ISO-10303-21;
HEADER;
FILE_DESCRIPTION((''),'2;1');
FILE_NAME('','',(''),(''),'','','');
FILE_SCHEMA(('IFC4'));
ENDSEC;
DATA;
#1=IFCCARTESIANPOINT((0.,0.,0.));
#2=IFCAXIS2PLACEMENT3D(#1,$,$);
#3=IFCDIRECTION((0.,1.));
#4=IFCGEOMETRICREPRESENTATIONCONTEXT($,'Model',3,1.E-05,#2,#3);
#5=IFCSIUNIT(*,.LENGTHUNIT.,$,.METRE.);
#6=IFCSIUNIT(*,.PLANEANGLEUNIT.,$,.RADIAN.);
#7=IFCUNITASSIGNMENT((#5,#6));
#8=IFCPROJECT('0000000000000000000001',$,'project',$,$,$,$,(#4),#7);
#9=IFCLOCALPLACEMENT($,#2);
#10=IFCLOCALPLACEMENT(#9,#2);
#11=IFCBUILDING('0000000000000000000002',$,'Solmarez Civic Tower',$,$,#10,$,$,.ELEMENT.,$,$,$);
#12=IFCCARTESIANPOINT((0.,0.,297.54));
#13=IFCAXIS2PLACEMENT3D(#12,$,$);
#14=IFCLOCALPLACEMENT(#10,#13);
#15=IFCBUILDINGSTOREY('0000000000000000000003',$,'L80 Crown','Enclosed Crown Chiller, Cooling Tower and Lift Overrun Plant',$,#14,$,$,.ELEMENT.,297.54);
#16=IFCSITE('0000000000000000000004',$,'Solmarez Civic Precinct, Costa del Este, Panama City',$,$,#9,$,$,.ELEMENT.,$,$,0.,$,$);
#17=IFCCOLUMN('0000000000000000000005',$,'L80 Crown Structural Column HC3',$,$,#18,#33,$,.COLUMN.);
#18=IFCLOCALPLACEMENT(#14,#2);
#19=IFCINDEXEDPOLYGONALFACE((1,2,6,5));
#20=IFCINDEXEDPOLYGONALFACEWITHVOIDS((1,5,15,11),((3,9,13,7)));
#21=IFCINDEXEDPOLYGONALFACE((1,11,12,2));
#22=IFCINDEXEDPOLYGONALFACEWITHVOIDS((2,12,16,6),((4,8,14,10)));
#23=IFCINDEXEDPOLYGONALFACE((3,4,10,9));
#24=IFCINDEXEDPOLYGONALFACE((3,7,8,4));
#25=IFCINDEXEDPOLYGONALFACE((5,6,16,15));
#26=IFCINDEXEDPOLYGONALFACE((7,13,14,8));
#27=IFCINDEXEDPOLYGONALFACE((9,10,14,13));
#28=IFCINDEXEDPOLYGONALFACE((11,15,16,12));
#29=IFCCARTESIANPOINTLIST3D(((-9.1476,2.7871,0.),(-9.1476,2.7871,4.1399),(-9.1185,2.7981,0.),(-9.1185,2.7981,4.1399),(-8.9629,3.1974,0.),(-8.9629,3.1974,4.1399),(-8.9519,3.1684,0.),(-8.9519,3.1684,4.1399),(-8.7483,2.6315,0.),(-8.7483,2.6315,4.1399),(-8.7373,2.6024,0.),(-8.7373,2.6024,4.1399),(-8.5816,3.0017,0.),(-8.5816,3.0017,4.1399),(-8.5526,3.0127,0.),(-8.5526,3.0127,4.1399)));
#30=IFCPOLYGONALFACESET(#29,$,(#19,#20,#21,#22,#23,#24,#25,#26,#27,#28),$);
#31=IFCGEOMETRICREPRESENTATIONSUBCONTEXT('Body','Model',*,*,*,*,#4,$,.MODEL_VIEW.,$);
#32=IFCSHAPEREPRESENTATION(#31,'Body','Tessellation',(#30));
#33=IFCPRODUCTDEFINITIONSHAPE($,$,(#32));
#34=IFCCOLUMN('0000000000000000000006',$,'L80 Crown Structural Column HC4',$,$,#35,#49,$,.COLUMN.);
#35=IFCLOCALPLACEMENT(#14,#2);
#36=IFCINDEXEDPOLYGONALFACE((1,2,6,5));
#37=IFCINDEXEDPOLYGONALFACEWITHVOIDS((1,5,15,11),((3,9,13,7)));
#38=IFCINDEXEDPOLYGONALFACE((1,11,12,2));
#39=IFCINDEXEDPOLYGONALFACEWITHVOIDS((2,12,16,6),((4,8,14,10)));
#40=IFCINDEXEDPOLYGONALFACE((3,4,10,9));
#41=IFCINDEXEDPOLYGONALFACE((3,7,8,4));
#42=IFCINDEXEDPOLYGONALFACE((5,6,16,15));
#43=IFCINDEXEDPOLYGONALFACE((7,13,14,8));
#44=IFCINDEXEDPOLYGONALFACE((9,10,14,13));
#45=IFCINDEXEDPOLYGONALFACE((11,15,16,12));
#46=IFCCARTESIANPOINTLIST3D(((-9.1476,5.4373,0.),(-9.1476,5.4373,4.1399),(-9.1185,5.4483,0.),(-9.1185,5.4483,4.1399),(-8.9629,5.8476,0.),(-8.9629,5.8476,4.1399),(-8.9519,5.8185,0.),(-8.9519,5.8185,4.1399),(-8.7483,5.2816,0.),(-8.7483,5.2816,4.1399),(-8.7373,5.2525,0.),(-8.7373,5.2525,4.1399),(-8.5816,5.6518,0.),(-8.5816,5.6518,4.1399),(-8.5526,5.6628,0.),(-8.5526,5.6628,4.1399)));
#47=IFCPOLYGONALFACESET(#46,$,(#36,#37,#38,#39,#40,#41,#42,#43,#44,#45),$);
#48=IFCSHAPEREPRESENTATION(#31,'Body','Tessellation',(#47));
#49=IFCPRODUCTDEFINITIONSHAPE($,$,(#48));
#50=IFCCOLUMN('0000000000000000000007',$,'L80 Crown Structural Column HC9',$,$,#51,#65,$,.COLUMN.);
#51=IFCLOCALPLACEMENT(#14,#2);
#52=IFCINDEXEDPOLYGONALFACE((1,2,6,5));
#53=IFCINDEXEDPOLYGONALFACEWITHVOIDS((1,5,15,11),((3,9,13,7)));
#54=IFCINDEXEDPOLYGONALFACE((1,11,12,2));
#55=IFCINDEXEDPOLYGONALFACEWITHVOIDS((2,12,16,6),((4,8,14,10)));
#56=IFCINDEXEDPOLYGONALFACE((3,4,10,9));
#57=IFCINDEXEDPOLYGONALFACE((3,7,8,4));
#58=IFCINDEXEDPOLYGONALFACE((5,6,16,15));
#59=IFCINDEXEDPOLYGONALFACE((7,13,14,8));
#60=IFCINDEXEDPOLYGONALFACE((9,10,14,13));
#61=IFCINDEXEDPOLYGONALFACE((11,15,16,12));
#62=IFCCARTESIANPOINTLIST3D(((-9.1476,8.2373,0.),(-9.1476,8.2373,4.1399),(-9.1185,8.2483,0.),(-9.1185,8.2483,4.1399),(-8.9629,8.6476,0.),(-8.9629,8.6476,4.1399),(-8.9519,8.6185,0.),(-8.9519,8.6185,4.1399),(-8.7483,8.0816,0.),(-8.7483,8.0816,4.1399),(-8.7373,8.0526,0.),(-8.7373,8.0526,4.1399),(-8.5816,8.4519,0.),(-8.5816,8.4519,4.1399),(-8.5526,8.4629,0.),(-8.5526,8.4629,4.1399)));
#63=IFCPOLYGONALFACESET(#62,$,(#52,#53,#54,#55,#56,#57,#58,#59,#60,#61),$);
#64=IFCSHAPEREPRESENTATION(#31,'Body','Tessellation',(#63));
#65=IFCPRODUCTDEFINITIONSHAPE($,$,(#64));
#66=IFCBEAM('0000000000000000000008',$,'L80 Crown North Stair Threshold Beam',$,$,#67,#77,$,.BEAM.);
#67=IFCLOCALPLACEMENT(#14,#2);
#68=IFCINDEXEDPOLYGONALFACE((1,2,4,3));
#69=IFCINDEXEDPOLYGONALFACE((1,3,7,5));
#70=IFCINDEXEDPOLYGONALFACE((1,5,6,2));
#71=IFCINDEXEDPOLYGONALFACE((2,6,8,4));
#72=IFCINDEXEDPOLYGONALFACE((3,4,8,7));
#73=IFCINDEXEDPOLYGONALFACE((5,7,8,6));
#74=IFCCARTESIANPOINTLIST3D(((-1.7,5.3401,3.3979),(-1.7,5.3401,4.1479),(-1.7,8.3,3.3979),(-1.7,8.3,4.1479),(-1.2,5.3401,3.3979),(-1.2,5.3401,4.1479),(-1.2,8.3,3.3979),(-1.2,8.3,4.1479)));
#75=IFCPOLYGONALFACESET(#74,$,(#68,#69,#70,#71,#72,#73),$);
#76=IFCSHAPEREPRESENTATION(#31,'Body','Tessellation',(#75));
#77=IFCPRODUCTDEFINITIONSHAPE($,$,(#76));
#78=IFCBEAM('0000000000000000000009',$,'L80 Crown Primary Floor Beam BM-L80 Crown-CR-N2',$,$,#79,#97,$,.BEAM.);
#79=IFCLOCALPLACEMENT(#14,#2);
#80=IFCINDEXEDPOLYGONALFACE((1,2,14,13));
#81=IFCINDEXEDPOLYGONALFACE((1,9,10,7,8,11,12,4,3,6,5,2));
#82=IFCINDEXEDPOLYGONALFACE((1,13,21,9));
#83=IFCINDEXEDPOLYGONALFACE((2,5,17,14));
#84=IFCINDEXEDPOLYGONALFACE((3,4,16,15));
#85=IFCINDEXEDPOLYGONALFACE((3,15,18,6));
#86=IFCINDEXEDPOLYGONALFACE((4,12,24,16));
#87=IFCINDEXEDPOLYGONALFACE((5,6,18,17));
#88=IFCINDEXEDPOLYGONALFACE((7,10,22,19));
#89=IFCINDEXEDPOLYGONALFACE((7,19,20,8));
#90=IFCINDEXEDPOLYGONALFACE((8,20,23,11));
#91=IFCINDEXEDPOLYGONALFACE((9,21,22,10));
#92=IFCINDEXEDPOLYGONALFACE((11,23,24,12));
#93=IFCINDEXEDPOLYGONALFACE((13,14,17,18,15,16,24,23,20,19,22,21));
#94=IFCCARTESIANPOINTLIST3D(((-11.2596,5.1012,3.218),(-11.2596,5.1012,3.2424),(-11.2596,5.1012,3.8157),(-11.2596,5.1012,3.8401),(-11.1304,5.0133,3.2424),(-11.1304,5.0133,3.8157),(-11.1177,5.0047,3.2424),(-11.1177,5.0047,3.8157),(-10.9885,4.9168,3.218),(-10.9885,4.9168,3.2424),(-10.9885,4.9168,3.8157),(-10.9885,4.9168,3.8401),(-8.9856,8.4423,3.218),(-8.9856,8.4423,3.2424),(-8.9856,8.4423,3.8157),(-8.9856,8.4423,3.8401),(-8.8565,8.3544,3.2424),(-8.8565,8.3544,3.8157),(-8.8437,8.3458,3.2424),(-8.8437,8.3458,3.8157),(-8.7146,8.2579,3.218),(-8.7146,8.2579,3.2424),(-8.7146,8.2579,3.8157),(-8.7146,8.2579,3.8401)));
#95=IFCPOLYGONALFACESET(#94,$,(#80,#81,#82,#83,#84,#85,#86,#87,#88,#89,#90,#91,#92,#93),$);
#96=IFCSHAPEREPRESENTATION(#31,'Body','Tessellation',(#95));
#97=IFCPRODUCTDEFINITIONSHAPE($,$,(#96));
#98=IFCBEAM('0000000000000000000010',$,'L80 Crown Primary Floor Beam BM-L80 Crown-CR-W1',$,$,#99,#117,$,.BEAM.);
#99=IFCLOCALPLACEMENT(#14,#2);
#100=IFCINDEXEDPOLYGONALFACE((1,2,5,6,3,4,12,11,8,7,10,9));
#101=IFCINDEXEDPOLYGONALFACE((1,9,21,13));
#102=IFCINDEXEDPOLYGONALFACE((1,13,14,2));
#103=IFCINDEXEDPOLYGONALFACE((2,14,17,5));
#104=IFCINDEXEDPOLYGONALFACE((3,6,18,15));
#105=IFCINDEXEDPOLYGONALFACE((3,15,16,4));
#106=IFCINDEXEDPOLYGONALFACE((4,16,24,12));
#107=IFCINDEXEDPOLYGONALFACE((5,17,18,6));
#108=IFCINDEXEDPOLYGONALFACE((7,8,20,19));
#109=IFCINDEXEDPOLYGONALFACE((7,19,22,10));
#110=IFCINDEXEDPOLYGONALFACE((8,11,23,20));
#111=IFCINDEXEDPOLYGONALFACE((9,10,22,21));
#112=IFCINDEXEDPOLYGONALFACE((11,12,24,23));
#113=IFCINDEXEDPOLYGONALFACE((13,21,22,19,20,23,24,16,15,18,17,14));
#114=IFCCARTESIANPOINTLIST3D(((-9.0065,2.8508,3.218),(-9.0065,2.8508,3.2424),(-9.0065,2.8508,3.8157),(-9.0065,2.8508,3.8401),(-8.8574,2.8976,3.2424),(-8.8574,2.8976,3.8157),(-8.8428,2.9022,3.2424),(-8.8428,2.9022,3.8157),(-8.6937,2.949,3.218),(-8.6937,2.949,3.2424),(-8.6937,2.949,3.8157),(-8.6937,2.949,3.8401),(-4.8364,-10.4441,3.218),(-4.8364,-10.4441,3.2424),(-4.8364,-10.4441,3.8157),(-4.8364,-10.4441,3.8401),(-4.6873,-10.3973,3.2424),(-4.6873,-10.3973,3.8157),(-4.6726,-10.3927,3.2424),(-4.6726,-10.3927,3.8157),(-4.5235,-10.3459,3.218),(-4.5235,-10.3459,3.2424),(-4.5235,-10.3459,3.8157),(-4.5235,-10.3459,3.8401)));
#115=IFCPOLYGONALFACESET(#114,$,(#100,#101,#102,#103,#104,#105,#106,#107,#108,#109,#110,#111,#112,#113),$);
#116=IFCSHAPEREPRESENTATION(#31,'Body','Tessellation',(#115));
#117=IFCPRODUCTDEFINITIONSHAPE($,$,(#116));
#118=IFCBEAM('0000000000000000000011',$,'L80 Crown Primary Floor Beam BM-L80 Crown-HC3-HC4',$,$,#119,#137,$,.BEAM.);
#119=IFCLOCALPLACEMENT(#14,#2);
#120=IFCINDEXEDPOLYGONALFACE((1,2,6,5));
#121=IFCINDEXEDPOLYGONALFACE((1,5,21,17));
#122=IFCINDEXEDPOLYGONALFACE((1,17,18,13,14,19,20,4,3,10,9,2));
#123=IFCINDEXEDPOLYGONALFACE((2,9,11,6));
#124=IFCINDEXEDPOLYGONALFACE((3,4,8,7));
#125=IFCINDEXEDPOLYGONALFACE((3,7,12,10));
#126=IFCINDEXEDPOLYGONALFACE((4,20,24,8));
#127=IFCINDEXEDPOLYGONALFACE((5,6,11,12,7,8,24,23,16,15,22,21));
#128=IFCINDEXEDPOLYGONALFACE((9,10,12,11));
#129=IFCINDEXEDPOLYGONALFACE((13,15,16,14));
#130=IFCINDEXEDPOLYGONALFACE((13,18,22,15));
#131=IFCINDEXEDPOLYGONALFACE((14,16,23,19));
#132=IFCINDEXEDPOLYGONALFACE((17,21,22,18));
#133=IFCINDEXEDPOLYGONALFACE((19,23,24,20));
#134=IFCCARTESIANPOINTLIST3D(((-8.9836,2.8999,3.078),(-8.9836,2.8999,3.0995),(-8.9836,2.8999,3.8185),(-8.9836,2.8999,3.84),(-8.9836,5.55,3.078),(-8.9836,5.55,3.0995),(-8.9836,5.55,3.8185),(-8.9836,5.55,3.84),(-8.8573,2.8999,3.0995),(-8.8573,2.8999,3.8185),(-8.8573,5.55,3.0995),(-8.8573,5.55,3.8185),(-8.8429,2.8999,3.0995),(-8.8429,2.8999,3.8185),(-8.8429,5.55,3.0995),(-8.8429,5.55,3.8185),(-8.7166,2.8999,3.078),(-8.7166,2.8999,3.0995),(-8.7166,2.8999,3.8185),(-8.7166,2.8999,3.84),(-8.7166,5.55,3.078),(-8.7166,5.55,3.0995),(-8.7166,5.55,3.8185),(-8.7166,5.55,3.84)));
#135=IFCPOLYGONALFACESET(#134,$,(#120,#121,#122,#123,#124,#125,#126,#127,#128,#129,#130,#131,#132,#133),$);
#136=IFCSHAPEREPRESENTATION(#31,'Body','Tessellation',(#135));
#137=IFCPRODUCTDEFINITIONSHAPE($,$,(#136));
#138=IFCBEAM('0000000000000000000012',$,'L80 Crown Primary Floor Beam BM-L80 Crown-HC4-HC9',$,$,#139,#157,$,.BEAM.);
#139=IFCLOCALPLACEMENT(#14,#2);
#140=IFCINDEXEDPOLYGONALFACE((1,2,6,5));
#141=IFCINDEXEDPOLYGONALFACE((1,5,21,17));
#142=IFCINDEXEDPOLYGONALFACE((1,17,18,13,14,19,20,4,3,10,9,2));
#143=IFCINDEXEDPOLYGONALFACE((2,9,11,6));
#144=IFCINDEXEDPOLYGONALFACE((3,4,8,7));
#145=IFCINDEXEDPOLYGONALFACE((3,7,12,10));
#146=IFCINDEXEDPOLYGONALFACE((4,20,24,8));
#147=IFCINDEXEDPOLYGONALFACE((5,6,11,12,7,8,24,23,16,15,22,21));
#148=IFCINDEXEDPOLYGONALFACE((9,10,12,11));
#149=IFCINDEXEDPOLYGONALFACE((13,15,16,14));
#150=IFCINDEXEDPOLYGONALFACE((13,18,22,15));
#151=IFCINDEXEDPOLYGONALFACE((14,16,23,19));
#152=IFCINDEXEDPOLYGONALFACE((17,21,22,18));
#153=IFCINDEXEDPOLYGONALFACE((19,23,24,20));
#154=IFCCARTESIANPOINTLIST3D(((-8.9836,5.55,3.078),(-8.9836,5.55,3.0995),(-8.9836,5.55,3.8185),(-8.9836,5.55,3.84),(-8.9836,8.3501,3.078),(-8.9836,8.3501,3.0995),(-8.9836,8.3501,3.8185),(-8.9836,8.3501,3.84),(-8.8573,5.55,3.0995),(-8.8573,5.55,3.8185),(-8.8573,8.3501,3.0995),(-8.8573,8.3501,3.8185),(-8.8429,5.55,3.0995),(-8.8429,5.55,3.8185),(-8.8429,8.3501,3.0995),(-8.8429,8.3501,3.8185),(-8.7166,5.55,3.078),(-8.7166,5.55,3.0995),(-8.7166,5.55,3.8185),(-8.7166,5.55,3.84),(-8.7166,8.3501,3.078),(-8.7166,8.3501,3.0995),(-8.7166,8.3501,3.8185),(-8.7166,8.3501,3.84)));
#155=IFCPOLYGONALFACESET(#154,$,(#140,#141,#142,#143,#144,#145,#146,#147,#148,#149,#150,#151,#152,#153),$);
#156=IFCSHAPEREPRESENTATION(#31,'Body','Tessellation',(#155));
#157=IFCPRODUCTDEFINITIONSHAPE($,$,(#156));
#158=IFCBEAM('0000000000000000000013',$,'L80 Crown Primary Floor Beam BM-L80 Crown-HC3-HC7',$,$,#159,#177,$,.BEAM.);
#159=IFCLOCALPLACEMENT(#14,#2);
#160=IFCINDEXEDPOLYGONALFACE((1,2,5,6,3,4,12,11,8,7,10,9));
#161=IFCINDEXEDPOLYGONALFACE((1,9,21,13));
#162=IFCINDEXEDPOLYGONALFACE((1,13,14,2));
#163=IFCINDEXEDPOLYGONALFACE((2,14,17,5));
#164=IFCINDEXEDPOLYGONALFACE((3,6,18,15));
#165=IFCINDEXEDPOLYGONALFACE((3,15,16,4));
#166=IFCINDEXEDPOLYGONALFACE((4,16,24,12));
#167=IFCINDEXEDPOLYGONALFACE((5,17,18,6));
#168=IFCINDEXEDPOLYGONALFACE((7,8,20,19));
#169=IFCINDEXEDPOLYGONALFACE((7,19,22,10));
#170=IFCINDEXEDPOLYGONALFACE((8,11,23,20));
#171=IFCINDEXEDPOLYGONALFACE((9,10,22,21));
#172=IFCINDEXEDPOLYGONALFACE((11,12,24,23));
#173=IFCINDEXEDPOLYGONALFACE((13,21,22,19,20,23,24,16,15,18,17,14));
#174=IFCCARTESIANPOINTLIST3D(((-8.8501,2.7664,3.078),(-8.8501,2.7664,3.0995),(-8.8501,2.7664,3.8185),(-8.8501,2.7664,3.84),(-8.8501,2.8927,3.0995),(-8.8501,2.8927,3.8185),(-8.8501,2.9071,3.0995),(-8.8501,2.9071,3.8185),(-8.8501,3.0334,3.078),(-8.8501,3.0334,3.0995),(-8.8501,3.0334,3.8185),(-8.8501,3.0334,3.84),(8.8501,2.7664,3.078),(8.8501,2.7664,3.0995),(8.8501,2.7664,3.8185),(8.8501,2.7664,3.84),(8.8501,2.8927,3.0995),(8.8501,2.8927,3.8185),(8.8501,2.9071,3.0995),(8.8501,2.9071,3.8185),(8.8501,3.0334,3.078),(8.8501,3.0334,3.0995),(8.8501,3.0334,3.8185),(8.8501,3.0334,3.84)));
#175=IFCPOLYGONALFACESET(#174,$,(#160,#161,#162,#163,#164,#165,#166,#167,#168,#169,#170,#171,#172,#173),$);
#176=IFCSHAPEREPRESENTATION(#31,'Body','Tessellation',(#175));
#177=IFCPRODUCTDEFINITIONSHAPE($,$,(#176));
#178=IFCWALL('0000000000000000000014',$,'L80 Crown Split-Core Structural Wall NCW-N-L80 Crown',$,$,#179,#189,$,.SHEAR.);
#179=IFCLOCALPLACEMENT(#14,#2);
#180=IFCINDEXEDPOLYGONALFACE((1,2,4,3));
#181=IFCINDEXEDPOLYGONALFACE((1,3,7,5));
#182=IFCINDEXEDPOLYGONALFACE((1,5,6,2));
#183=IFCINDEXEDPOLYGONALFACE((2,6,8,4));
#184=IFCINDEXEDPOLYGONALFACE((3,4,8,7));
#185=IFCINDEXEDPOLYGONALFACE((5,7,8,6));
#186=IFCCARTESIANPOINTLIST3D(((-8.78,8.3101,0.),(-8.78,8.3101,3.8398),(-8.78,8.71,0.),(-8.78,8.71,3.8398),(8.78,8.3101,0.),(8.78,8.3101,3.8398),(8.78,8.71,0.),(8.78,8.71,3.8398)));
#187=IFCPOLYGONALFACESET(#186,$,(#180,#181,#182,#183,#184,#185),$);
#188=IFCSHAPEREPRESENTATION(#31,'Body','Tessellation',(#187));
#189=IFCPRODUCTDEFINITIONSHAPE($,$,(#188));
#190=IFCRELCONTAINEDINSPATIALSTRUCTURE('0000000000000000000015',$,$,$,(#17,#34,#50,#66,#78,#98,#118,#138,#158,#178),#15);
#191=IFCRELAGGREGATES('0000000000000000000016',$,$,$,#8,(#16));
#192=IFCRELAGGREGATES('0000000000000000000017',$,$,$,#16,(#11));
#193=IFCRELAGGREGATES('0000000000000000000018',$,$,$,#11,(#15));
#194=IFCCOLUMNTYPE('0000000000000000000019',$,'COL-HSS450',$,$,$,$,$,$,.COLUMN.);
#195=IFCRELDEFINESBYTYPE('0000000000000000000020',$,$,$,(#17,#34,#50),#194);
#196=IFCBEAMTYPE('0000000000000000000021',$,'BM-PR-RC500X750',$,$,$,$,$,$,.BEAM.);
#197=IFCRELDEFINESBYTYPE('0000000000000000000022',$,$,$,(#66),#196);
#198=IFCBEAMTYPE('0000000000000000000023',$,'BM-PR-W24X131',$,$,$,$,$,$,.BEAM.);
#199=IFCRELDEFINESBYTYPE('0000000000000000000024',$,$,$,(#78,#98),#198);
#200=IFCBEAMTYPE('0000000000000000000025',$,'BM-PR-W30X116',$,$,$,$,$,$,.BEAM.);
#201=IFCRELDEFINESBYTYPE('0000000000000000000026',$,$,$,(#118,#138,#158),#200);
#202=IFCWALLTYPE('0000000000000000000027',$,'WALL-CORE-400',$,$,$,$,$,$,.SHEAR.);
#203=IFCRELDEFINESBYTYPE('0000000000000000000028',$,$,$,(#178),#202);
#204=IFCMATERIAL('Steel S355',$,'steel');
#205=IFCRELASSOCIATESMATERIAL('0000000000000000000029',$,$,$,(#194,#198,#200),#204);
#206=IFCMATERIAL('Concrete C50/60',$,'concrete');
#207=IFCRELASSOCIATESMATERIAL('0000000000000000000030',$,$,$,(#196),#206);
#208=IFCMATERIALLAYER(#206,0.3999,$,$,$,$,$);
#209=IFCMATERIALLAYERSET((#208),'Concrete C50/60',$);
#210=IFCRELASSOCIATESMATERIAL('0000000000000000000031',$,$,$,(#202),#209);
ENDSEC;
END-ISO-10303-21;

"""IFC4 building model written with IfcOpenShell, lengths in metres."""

from ifc_helpers import new_model, si_unit, direction, frame, frame_2d, origin, origin_2d, place, context, subcontext, project, spatial, rectangle, hollow_rectangle, i_section, extrude, material, layer, layer_set, material_profile, profile_set, type_object, element, save


model = new_model("IFC4")

# Units and contexts
model_context = context("Model", 3, precision=1e-05, world=origin(), true_north=direction((0.0, 1.0)))
body_context = subcontext(model_context, "Body", "Model", "MODEL_VIEW")
ifc_project = project(units=[si_unit("LENGTHUNIT", "METRE"), si_unit("PLANEANGLEUNIT", "RADIAN")], contexts=[model_context])

# Site, building, storey
site_placement = place(None, origin())
site = spatial("IfcSite", under=ifc_project, at=site_placement, Name="Solmarez Civic Precinct, Costa del Este, Panama City", CompositionType="ELEMENT", RefElevation=0.0)
building_placement = place(site_placement, origin())
building = spatial("IfcBuilding", under=site, at=building_placement, Name="Solmarez Civic Tower", CompositionType="ELEMENT")
storey_placement = place(building_placement, frame((0.0, 0.0, 297.54)))
storey = spatial("IfcBuildingStorey", under=building, at=storey_placement, Name="L80 Crown", Description="Enclosed Crown Chiller, Cooling Tower and Lift Overrun Plant", CompositionType="ELEMENT", Elevation=297.54)

# Columns
ifc_material_1 = material(Name="Steel S355", Category="steel")
ifc_material_profile_1 = material_profile(ifc_material_1, hollow_rectangle(XDim=0.45, YDim=0.45, WallThickness=0.022, at=origin_2d()), Name="HSS450X450X22")
ifc_profile_set_1 = profile_set([ifc_material_profile_1], Name="Steel S355")
column_type = type_object("IfcColumnType", Name="COL-HSS450", PredefinedType="COLUMN", material=ifc_profile_set_1)
for number, where, z_axis, x_axis, name in (
    (1, (-8.8501, 2.8999, 0.0), (0.0, 0.0, 1.0), (0.41056, 0.911834, 0.0), "L80 Crown Structural Column HC3"),
    (2, (-8.8501, 5.55, 0.0), (0.0, 0.0, 1.0), (0.41056, 0.911834, 0.0), "L80 Crown Structural Column HC4"),
    (3, (-8.8501, 8.3501, 0.0), (0.0, 0.0, 1.0), (0.41056, 0.911834, 0.0), "L80 Crown Structural Column HC9"),
):
    element("IfcColumn", number, at=place(storey_placement, frame(where, z_axis=z_axis, x_axis=x_axis)), inside=storey, type_object=column_type, Name=name, PredefinedType="COLUMN", context=body_context, shape_type="SweptSolid", body=[
        extrude(hollow_rectangle(XDim=0.45, YDim=0.45, WallThickness=0.022, at=origin_2d()), origin(), (0.0, 0.0, 1.0), 4.1399),
    ])

# Beams
ifc_material_2 = material(Name="Concrete C50/60", Category="concrete")
ifc_material_profile_2 = material_profile(ifc_material_2, rectangle(XDim=0.5, YDim=0.75, at=origin_2d()), Name="RC500X750")
ifc_profile_set_2 = profile_set([ifc_material_profile_2], Name="Concrete C50/60")
beam_type_1 = type_object("IfcBeamType", Name="BM-PR-RC500X750", PredefinedType="BEAM", material=ifc_profile_set_2)
beam_1_placement = place(storey_placement, frame((-1.45, 5.3401, 3.7729), z_axis=(0.0, 1.0, 0.0), x_axis=(-1.0, 0.0, 0.0)))
element("IfcBeam", 4, at=beam_1_placement, inside=storey, type_object=beam_type_1, Name="L80 Crown North Stair Threshold Beam", PredefinedType="BEAM", context=body_context, shape_type="SweptSolid", body=[
    extrude(rectangle(XDim=0.5, YDim=0.75, at=origin_2d()), origin(), (0.0, 0.0, 1.0), 2.96),
])
ifc_material_profile_3 = material_profile(ifc_material_1, i_section(OverallWidth=0.3279, OverallDepth=0.6221, WebThickness=0.0154, FlangeThickness=0.0244, at=origin_2d()), Name="W24X131")
ifc_profile_set_3 = profile_set([ifc_material_profile_3], Name="Steel S355")
beam_type_2 = type_object("IfcBeamType", Name="BM-PR-W24X131", PredefinedType="BEAM", material=ifc_profile_set_3)
beam_2_placement = place(storey_placement, frame((-8.8501, 8.3501, 3.5291), z_axis=(-0.562649, -0.826696, 0.0), x_axis=(0.826696, -0.562649, 0.0)))
element("IfcBeam", 5, at=beam_2_placement, inside=storey, type_object=beam_type_2, Name="L80 Crown Primary Floor Beam BM-L80 Crown-CR-N2", PredefinedType="BEAM", context=body_context, shape_type="SweptSolid", body=[
    extrude(i_section(OverallWidth=0.3279, OverallDepth=0.6221, WebThickness=0.0154, FlangeThickness=0.0244, at=origin_2d()), origin(), (0.0, 0.0, 1.0), 4.0415),
])
beam_3_placement = place(storey_placement, frame((-8.8501, 2.8999, 3.5291), z_axis=(0.299288, -0.954163, 0.0), x_axis=(0.954163, 0.299288, 0.0)))
element("IfcBeam", 6, at=beam_3_placement, inside=storey, type_object=beam_type_2, Name="L80 Crown Primary Floor Beam BM-L80 Crown-CR-W1", PredefinedType="BEAM", context=body_context, shape_type="SweptSolid", body=[
    extrude(i_section(OverallWidth=0.3279, OverallDepth=0.6221, WebThickness=0.0154, FlangeThickness=0.0244, at=origin_2d()), origin(), (0.0, 0.0, 1.0), 13.9336),
])
ifc_material_profile_4 = material_profile(ifc_material_1, i_section(OverallWidth=0.2671, OverallDepth=0.762, WebThickness=0.0144, FlangeThickness=0.0215, at=origin_2d()), Name="W30X116")
ifc_profile_set_4 = profile_set([ifc_material_profile_4], Name="Steel S355")
beam_type_3 = type_object("IfcBeamType", Name="BM-PR-W30X116", PredefinedType="BEAM", material=ifc_profile_set_4)
beam_4_placement = place(storey_placement, frame((-8.8501, 2.8999, 3.459), z_axis=(0.0, 1.0, 0.0), x_axis=(-1.0, 0.0, 0.0)))
element("IfcBeam", 7, at=beam_4_placement, inside=storey, type_object=beam_type_3, Name="L80 Crown Primary Floor Beam BM-L80 Crown-HC3-HC4", PredefinedType="BEAM", context=body_context, shape_type="SweptSolid", body=[
    extrude(i_section(OverallWidth=0.2671, OverallDepth=0.762, WebThickness=0.0144, FlangeThickness=0.0215, at=origin_2d()), origin(), (0.0, 0.0, 1.0), 2.6501),
])
beam_5_placement = place(storey_placement, frame((-8.8501, 5.55, 3.459), z_axis=(0.0, 1.0, 0.0), x_axis=(-1.0, 0.0, 0.0)))
element("IfcBeam", 8, at=beam_5_placement, inside=storey, type_object=beam_type_3, Name="L80 Crown Primary Floor Beam BM-L80 Crown-HC4-HC9", PredefinedType="BEAM", context=body_context, shape_type="SweptSolid", body=[
    extrude(i_section(OverallWidth=0.2671, OverallDepth=0.762, WebThickness=0.0144, FlangeThickness=0.0215, at=origin_2d()), origin(), (0.0, 0.0, 1.0), 2.8),
])
beam_6_placement = place(storey_placement, frame((-8.8501, 2.8999, 3.459), z_axis=(1.0, 0.0, 0.0), x_axis=(0.0, 1.0, 0.0)))
element("IfcBeam", 9, at=beam_6_placement, inside=storey, type_object=beam_type_3, Name="L80 Crown Primary Floor Beam BM-L80 Crown-HC3-HC7", PredefinedType="BEAM", context=body_context, shape_type="SweptSolid", body=[
    extrude(i_section(OverallWidth=0.2671, OverallDepth=0.762, WebThickness=0.0144, FlangeThickness=0.0215, at=origin_2d()), origin(), (0.0, 0.0, 1.0), 17.7002),
])

# Wall
ifc_layer_1 = layer(ifc_material_2, 0.3999)
ifc_layer_set_1 = layer_set([ifc_layer_1], Name="Concrete C50/60")
wall_type_1 = type_object("IfcWallType", Name="WALL-CORE-400", PredefinedType="SHEAR", material=ifc_layer_set_1)
wall_1_placement = place(storey_placement, frame((-8.78, 8.51, 0.0), z_axis=(0.0, 0.0, 1.0), x_axis=(1.0, 0.0, 0.0)))
element("IfcWall", 10, at=wall_1_placement, inside=storey, type_object=wall_type_1, Name="L80 Crown Split-Core Structural Wall NCW-N-L80 Crown", PredefinedType="SHEAR", context=body_context, shape_type="SweptSolid", body=[
    extrude(rectangle(XDim=17.5601, YDim=0.3999, at=frame_2d((8.78, 0.0))), origin(), (0.0, 0.0, 1.0), 3.8398),
])

save(model, "model.ifc")
